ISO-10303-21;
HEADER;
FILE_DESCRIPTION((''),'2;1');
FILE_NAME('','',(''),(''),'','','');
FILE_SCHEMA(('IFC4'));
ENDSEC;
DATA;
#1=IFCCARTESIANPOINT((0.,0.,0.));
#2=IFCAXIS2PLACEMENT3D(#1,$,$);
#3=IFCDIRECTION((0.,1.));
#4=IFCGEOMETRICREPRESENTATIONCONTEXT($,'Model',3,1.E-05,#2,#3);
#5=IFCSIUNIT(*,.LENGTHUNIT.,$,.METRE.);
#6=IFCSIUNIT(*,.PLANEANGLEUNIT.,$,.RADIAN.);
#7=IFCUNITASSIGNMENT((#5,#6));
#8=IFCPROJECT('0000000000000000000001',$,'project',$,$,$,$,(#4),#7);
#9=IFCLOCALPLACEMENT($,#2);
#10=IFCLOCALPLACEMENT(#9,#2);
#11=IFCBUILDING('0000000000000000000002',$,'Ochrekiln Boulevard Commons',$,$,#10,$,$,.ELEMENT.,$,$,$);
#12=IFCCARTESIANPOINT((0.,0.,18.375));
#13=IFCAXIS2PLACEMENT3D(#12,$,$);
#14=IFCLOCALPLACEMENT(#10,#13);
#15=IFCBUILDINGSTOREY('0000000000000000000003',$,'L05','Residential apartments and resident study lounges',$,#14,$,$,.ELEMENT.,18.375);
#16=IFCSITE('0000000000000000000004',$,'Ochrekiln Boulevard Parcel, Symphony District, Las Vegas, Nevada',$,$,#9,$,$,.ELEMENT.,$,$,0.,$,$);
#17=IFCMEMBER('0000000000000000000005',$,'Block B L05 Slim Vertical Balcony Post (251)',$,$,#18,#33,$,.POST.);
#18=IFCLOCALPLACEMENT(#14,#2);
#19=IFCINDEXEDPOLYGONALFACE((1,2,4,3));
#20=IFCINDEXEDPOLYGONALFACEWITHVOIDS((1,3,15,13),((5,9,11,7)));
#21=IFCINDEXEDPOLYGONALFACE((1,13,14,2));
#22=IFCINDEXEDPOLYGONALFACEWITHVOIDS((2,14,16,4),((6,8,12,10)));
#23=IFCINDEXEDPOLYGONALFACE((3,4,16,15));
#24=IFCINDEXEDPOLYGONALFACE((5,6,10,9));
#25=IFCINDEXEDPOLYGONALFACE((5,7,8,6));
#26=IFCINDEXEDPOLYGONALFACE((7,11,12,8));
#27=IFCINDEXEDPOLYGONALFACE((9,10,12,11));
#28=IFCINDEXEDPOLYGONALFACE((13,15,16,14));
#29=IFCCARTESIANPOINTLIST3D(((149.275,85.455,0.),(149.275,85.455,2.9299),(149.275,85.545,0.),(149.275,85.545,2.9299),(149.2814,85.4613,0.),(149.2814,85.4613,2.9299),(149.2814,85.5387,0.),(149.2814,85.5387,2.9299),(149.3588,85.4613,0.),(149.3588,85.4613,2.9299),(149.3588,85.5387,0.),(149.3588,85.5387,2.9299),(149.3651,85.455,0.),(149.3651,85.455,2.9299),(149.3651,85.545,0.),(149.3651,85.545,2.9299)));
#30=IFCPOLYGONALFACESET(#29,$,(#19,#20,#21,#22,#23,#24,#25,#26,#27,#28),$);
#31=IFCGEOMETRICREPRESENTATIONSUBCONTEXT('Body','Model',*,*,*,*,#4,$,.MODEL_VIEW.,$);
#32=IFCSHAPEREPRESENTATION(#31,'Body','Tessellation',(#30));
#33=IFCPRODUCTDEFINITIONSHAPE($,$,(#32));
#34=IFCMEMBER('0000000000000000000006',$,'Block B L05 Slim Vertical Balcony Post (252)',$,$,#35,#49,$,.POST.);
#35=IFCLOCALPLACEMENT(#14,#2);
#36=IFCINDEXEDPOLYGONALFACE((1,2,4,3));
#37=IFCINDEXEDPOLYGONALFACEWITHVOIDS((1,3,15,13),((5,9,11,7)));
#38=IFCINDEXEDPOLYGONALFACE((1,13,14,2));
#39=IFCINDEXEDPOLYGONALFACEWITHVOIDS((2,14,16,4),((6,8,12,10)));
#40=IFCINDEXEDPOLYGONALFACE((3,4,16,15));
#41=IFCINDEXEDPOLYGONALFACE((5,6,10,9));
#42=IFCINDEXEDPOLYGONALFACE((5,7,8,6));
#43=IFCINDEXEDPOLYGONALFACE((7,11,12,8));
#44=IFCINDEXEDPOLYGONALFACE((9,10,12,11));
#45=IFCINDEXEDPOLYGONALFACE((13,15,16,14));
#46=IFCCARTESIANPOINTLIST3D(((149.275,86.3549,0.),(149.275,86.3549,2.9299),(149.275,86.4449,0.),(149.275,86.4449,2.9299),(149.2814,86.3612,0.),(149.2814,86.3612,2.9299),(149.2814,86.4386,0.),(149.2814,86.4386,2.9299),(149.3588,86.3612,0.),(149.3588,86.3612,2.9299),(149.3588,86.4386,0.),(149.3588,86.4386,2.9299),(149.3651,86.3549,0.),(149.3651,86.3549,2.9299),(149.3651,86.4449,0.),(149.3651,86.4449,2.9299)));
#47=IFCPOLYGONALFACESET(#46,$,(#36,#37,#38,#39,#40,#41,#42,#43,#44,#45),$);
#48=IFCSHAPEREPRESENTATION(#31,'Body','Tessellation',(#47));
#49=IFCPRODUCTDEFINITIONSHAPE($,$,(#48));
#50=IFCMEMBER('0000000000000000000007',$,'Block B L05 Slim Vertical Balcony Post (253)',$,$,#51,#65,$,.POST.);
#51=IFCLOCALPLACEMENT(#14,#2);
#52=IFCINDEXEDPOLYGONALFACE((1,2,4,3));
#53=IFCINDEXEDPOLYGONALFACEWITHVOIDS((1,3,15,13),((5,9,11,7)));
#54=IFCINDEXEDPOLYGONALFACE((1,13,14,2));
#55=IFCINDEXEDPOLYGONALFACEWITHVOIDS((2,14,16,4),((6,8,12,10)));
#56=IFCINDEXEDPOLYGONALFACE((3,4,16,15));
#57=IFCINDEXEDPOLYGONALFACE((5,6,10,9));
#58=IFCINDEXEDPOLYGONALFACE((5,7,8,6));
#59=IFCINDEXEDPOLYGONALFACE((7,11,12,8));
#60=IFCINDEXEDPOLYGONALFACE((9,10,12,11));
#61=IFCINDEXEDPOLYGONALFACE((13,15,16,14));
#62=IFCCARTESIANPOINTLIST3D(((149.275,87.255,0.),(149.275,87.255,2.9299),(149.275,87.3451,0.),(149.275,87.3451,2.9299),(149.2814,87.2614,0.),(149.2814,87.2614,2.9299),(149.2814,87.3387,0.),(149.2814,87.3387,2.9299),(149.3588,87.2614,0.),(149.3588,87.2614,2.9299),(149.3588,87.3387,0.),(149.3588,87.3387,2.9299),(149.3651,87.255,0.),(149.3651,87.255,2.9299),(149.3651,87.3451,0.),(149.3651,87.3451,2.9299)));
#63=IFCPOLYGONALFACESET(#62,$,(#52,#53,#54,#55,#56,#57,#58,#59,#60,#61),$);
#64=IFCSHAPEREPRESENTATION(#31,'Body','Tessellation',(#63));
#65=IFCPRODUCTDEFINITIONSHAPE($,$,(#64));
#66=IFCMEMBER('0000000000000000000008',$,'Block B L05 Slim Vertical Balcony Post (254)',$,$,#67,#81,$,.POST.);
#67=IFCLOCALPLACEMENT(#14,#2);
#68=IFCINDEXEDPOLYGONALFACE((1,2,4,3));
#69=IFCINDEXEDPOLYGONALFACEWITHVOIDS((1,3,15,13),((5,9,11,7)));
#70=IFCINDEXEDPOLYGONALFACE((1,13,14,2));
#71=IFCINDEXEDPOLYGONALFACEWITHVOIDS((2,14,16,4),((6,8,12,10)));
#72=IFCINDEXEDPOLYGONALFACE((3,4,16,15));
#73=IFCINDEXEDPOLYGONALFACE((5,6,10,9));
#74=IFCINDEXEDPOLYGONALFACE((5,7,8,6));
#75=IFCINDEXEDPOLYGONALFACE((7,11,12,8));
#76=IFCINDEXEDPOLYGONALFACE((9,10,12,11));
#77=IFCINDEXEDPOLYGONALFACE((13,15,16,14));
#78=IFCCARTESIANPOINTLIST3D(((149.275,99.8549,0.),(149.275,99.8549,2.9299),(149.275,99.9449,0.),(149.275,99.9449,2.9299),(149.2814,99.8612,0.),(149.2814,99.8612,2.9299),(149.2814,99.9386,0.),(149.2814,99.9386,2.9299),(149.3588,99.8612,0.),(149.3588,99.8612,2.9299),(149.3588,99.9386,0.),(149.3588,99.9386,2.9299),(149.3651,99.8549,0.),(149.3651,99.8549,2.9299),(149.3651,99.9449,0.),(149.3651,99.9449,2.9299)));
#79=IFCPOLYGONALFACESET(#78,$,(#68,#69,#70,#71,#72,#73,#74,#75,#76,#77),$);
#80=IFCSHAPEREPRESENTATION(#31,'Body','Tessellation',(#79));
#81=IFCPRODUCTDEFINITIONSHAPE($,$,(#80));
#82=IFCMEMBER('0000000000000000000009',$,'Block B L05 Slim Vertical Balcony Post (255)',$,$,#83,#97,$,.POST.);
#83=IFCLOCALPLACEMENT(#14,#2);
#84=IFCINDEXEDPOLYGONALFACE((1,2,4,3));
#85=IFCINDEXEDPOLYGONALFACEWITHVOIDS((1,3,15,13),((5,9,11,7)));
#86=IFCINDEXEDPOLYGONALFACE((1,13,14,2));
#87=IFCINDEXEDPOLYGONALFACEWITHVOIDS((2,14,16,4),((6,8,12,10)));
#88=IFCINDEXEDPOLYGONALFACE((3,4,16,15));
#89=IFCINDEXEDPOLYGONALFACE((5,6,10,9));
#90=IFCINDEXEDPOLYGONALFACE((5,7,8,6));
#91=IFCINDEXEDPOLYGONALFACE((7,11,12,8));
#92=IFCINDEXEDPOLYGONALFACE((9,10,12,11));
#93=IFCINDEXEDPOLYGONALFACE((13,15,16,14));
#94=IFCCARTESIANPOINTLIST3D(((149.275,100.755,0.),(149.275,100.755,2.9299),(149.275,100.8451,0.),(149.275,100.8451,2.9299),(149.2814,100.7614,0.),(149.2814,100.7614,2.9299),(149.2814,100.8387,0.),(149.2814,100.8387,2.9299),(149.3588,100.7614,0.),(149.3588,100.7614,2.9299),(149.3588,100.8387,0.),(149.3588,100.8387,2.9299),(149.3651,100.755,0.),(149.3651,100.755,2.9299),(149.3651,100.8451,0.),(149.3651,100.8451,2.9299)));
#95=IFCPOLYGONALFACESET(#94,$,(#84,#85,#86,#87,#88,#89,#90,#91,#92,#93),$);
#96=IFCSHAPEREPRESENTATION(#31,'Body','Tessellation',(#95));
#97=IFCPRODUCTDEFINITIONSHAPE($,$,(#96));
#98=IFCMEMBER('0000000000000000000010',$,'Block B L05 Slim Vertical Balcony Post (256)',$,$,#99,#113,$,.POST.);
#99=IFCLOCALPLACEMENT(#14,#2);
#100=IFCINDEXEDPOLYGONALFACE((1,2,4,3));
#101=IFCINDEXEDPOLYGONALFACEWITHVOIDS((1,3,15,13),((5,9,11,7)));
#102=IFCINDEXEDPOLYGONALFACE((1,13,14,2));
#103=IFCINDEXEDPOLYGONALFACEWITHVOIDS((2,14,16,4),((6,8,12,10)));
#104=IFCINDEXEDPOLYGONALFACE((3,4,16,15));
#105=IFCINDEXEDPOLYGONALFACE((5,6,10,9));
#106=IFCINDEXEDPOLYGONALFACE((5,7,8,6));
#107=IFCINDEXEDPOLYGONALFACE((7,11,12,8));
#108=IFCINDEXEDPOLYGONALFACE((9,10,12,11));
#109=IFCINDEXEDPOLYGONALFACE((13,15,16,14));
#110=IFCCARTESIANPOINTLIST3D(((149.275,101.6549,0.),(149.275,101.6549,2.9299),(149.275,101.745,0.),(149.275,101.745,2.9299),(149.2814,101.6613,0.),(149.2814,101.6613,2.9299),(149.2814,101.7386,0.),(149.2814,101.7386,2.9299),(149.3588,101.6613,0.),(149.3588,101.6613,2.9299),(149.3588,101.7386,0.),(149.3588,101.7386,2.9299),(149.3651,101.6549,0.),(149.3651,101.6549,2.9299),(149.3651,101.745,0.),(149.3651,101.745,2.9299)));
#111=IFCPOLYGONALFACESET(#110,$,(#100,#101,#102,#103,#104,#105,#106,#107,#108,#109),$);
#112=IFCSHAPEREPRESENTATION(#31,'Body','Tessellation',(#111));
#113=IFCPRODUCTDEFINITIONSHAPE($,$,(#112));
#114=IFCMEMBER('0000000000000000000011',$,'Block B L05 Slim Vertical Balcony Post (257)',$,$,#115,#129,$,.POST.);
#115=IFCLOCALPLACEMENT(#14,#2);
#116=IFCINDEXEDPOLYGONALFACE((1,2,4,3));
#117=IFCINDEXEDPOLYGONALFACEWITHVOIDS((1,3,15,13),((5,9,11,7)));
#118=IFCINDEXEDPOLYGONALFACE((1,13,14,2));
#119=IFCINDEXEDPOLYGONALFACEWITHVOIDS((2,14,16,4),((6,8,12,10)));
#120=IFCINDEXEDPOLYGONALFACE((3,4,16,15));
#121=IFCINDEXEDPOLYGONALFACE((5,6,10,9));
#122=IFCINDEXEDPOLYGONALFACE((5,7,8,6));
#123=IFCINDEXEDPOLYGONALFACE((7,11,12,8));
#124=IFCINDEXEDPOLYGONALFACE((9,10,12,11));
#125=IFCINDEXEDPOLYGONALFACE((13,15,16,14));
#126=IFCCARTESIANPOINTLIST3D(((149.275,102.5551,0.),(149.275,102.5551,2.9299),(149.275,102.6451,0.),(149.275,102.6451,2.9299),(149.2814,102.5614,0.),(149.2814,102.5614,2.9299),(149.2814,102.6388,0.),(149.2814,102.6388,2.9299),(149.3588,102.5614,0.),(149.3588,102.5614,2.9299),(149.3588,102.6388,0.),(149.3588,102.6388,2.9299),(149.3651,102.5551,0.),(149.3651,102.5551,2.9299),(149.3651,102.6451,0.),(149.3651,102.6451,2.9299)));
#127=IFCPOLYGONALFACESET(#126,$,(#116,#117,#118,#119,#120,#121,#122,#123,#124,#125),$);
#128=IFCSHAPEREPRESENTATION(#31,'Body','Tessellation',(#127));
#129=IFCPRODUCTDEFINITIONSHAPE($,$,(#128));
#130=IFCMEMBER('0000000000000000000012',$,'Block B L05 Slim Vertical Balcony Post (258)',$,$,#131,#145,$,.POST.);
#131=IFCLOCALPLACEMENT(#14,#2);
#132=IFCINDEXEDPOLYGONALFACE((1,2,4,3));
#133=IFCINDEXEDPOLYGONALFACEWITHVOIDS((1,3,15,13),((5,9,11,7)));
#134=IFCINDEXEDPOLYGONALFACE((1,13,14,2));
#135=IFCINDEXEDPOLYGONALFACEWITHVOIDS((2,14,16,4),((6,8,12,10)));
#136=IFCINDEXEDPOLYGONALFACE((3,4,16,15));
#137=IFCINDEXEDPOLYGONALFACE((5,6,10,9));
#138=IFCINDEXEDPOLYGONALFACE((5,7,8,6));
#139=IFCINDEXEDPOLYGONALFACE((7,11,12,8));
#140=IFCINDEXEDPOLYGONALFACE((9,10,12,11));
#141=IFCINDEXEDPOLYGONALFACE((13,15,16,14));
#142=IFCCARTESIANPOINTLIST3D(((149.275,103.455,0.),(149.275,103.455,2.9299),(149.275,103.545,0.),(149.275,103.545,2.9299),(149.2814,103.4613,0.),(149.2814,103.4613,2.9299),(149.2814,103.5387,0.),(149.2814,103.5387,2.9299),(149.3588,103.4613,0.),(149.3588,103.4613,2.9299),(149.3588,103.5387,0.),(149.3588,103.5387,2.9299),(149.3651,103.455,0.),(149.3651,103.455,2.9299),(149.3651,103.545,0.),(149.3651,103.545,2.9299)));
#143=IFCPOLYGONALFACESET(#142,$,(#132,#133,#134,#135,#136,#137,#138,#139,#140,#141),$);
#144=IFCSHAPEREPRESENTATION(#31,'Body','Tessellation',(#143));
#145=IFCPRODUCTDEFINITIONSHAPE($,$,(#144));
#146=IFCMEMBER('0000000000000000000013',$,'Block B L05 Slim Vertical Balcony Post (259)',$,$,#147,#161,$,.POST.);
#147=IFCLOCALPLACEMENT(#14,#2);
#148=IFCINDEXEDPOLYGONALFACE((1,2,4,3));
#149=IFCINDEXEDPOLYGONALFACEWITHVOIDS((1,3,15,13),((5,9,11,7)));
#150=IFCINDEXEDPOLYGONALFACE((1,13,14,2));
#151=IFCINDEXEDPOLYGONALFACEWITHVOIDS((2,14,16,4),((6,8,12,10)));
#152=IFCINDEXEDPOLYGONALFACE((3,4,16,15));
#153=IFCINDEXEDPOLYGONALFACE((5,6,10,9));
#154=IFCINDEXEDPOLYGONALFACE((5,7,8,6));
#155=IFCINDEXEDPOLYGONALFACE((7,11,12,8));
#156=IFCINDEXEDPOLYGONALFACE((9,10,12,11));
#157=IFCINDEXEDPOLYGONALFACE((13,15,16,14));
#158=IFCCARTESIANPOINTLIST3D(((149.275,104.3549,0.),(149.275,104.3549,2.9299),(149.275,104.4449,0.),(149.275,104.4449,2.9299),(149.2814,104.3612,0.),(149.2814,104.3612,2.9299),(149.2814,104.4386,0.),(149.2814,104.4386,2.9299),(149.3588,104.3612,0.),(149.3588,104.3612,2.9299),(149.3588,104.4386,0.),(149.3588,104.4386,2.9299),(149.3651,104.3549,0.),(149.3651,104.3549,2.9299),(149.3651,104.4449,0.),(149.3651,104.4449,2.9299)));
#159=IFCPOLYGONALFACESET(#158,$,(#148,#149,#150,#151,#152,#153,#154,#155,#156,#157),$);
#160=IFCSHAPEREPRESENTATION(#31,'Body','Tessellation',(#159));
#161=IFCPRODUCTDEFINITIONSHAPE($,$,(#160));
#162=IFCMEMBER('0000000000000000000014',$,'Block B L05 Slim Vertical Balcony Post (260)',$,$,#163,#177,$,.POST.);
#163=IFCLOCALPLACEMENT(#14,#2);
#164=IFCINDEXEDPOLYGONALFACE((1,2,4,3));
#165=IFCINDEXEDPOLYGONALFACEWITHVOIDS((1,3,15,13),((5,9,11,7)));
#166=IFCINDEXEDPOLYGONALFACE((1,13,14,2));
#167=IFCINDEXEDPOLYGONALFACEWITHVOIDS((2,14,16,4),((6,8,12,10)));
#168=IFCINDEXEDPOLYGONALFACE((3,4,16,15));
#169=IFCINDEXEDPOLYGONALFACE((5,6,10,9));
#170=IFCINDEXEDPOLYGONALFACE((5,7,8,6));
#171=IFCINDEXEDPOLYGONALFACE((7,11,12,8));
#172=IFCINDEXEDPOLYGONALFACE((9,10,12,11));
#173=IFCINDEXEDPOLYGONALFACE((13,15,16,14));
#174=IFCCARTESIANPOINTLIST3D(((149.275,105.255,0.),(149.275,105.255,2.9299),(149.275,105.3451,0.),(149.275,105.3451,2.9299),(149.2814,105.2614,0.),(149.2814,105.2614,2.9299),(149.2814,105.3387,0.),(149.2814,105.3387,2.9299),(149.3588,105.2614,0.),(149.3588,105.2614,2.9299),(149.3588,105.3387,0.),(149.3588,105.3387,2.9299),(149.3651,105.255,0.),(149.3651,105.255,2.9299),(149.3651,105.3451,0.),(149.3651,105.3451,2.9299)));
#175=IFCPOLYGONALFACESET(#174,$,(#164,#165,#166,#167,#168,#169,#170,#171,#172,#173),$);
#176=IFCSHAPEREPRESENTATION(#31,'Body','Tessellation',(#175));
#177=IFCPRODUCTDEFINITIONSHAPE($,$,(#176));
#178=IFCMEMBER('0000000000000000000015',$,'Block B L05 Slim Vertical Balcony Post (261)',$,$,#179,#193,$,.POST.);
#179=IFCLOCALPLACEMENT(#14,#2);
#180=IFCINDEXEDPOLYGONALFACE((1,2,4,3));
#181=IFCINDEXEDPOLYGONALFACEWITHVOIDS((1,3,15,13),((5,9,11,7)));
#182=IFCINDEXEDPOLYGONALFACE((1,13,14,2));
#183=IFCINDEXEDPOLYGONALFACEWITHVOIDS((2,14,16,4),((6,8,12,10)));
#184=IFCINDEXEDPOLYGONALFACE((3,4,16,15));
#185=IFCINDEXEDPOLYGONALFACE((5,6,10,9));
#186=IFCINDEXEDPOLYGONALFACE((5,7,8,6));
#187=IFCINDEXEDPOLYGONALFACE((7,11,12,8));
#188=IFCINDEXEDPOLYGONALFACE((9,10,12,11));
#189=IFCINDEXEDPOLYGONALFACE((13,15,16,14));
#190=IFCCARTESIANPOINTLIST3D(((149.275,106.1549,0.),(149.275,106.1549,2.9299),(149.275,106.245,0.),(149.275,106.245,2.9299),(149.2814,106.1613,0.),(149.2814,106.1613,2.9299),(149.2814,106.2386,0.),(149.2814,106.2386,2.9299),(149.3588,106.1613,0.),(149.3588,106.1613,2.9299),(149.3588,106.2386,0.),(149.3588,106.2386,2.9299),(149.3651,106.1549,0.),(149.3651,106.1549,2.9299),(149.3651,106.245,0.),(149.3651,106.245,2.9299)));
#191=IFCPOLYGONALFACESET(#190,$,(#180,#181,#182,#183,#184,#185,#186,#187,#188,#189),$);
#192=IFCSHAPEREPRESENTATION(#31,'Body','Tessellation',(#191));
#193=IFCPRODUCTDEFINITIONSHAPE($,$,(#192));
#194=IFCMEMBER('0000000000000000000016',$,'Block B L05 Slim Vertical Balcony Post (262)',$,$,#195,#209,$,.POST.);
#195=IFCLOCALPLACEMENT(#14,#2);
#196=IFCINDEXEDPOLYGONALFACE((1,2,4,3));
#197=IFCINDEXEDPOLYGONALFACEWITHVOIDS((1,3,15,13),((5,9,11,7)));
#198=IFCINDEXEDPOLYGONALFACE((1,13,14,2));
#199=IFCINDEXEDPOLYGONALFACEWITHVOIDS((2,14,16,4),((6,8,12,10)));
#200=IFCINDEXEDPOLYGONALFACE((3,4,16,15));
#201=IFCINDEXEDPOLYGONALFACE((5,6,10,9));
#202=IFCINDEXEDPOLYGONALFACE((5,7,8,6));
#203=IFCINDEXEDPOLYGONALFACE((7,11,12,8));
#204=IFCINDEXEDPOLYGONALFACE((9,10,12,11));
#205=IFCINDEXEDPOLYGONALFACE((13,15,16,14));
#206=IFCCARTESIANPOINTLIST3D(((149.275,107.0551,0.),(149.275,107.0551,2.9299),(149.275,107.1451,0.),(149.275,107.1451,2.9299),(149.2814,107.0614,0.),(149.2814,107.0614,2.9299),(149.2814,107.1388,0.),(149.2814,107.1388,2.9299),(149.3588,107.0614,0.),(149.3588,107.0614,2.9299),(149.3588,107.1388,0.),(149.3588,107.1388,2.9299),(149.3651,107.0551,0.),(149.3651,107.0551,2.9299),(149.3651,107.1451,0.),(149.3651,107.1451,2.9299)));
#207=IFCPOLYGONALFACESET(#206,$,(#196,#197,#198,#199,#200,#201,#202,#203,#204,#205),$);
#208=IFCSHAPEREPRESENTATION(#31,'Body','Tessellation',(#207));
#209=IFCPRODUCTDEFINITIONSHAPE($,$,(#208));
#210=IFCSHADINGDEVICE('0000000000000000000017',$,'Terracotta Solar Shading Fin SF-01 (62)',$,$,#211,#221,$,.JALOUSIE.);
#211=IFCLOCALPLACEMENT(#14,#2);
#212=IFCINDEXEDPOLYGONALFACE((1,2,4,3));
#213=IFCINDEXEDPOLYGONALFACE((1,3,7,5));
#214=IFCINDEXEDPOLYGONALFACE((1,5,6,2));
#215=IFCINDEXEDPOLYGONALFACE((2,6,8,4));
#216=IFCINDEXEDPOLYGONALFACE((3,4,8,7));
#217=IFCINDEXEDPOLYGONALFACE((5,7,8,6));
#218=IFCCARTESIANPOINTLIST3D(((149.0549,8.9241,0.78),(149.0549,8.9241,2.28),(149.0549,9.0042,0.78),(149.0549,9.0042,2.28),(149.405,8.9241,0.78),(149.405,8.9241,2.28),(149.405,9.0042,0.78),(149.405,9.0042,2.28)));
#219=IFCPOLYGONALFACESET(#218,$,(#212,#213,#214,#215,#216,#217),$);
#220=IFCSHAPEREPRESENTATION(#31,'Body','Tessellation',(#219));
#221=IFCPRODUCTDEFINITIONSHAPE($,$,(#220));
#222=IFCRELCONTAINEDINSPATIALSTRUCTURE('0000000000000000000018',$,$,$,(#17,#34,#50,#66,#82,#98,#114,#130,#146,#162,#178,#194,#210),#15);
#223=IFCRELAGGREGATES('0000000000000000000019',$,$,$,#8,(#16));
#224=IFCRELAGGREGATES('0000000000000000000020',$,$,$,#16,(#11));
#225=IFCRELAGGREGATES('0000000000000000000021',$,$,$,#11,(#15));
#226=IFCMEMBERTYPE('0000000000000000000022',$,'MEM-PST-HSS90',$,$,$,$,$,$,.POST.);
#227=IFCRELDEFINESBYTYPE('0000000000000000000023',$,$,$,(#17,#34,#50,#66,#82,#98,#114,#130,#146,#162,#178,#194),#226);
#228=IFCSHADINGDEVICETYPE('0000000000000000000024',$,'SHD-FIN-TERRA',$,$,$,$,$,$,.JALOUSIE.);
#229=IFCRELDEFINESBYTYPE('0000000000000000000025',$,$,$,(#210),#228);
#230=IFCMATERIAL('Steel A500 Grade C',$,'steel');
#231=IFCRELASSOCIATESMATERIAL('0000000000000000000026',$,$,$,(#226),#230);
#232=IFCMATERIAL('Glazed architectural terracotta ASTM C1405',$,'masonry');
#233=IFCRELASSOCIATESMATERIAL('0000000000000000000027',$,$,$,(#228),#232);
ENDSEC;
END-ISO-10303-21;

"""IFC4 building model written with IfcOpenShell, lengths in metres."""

from ifc_helpers import new_model, si_unit, direction, frame, origin, origin_2d, place, context, subcontext, project, spatial, rectangle, hollow_rectangle, extrude, material, material_profile, profile_set, type_object, element, save


model = new_model("IFC4")

# Units and contexts
model_context = context("Model", 3, precision=1e-05, world=origin(), true_north=direction((0.0, 1.0)))
body_context = subcontext(model_context, "Body", "Model", "MODEL_VIEW")
ifc_project = project(units=[si_unit("LENGTHUNIT", "METRE"), si_unit("PLANEANGLEUNIT", "RADIAN")], contexts=[model_context])

# Site, building, storey
site_placement = place(None, origin())
site = spatial("IfcSite", under=ifc_project, at=site_placement, Name="Ochrekiln Boulevard Parcel, Symphony District, Las Vegas, Nevada", CompositionType="ELEMENT", RefElevation=0.0)
building_placement = place(site_placement, origin())
building = spatial("IfcBuilding", under=site, at=building_placement, Name="Ochrekiln Boulevard Commons", CompositionType="ELEMENT")
storey_placement = place(building_placement, frame((0.0, 0.0, 18.375)))
storey = spatial("IfcBuildingStorey", under=building, at=storey_placement, Name="L05", Description="Residential apartments and resident study lounges", CompositionType="ELEMENT", Elevation=18.375)

# Members
ifc_material_1 = material(Name="Steel A500 Grade C", Category="steel")
ifc_material_profile_1 = material_profile(ifc_material_1, hollow_rectangle(XDim=0.0901, YDim=0.0901, WallThickness=0.0063, at=origin_2d()), Name="HSS90X90X6.4")
ifc_profile_set_1 = profile_set([ifc_material_profile_1], Name="Steel A500 Grade C")
member_type = type_object("IfcMemberType", Name="MEM-PST-HSS90", PredefinedType="POST", material=ifc_profile_set_1)
for number, where, z_axis, x_axis, name in (
    (1, (149.3201, 85.5, 0.0), (0.0, 0.0, 1.0), (1.0, 0.0, 0.0), "Block B L05 Slim Vertical Balcony Post (251)"),
    (2, (149.3201, 86.3999, 0.0), (0.0, 0.0, 1.0), (1.0, 0.0, 0.0), "Block B L05 Slim Vertical Balcony Post (252)"),
    (3, (149.3201, 87.3, 0.0), (0.0, 0.0, 1.0), (1.0, 0.0, 0.0), "Block B L05 Slim Vertical Balcony Post (253)"),
    (4, (149.3201, 99.8999, 0.0), (0.0, 0.0, 1.0), (1.0, 0.0, 0.0), "Block B L05 Slim Vertical Balcony Post (254)"),
    (5, (149.3201, 100.8, 0.0), (0.0, 0.0, 1.0), (1.0, 0.0, 0.0), "Block B L05 Slim Vertical Balcony Post (255)"),
    (6, (149.3201, 101.7, 0.0), (0.0, 0.0, 1.0), (1.0, 0.0, 0.0), "Block B L05 Slim Vertical Balcony Post (256)"),
    (7, (149.3201, 102.6001, 0.0), (0.0, 0.0, 1.0), (1.0, 0.0, 0.0), "Block B L05 Slim Vertical Balcony Post (257)"),
    (8, (149.3201, 103.5, 0.0), (0.0, 0.0, 1.0), (1.0, 0.0, 0.0), "Block B L05 Slim Vertical Balcony Post (258)"),
    (9, (149.3201, 104.3999, 0.0), (0.0, 0.0, 1.0), (1.0, 0.0, 0.0), "Block B L05 Slim Vertical Balcony Post (259)"),
    (10, (149.3201, 105.3, 0.0), (0.0, 0.0, 1.0), (1.0, 0.0, 0.0), "Block B L05 Slim Vertical Balcony Post (260)"),
    (11, (149.3201, 106.2, 0.0), (0.0, 0.0, 1.0), (1.0, 0.0, 0.0), "Block B L05 Slim Vertical Balcony Post (261)"),
    (12, (149.3201, 107.1001, 0.0), (0.0, 0.0, 1.0), (1.0, 0.0, 0.0), "Block B L05 Slim Vertical Balcony Post (262)"),
):
    element("IfcMember", number, at=place(storey_placement, frame(where, z_axis=z_axis, x_axis=x_axis)), inside=storey, type_object=member_type, Name=name, PredefinedType="POST", context=body_context, shape_type="SweptSolid", body=[
        extrude(hollow_rectangle(XDim=0.0901, YDim=0.0901, WallThickness=0.0063, at=origin_2d()), origin(), (0.0, 0.0, 1.0), 2.9299),
    ])

# Shading device
ifc_material_2 = material(Name="Glazed architectural terracotta ASTM C1405", Category="masonry")
shading_device_type = type_object("IfcShadingDeviceType", Name="SHD-FIN-TERRA", PredefinedType="JALOUSIE", material=ifc_material_2)
shading_device_placement = place(storey_placement, frame((149.23, 8.9641, 0.78), z_axis=(0.0, 0.0, 1.0), x_axis=(1.0, 0.0, 0.0)))
element("IfcShadingDevice", 13, at=shading_device_placement, inside=storey, type_object=shading_device_type, Name="Terracotta Solar Shading Fin SF-01 (62)", PredefinedType="JALOUSIE", context=body_context, shape_type="SweptSolid", body=[
    extrude(rectangle(XDim=0.3501, YDim=0.0801, at=origin_2d()), origin(), (0.0, 0.0, 1.0), 1.5),
])

save(model, "model.ifc")
